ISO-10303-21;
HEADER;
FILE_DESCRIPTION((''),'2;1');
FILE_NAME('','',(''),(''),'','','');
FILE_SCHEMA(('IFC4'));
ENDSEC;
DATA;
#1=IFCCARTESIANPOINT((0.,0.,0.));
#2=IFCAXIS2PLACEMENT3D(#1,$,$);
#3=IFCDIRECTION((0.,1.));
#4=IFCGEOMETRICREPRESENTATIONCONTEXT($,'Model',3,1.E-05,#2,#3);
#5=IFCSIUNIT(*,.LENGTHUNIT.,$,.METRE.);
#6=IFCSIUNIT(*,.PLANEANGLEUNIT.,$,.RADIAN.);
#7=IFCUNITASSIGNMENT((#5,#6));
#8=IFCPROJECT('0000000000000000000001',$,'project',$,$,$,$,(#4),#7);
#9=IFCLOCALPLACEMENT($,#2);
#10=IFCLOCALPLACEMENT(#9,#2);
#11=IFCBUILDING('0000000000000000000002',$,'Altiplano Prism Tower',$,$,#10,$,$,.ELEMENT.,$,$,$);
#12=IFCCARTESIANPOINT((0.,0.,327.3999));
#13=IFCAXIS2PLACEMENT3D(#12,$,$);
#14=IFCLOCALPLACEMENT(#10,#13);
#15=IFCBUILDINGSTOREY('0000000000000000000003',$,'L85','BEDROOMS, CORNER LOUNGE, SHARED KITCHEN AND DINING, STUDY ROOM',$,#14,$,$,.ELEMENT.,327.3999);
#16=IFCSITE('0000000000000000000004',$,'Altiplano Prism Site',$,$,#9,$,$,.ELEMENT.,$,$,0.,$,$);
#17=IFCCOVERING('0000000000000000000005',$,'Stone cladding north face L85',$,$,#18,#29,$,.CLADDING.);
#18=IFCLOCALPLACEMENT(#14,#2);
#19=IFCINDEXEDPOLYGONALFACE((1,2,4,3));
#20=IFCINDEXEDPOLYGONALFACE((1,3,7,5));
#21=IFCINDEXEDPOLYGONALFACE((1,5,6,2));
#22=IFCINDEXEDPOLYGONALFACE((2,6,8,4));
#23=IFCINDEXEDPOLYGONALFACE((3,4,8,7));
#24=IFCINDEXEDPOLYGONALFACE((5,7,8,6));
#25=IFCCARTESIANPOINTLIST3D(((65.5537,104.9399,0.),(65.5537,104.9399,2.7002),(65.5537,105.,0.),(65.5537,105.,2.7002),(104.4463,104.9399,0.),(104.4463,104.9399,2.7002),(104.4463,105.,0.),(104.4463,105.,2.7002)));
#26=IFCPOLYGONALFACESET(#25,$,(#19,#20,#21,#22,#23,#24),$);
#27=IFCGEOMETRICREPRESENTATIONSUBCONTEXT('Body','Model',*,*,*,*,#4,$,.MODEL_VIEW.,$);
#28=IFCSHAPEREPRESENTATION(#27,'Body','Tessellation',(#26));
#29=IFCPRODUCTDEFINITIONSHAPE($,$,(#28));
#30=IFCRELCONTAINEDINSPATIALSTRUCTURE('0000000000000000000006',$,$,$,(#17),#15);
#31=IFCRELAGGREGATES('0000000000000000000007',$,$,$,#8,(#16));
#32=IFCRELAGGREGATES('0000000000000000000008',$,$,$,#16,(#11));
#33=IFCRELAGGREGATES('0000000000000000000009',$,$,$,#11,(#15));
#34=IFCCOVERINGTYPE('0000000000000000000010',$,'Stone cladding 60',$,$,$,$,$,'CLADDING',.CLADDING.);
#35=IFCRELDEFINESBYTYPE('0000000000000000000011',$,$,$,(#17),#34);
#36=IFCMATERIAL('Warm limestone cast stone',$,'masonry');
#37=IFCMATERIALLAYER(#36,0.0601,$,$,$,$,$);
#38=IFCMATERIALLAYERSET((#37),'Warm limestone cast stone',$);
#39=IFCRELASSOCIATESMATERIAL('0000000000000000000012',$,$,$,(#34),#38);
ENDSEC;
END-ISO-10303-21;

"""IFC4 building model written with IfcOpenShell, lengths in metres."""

from ifc_helpers import new_model, si_unit, direction, frame, frame_2d, origin, place, context, subcontext, project, spatial, rectangle, extrude, material, layer, layer_set, type_object, element, save


model = new_model("IFC4")

# Units and contexts
model_context = context("Model", 3, precision=1e-05, world=origin(), true_north=direction((0.0, 1.0)))
body_context = subcontext(model_context, "Body", "Model", "MODEL_VIEW")
ifc_project = project(units=[si_unit("LENGTHUNIT", "METRE"), si_unit("PLANEANGLEUNIT", "RADIAN")], contexts=[model_context])

# Site, building, storey
site_placement = place(None, origin())
site = spatial("IfcSite", under=ifc_project, at=site_placement, Name="Altiplano Prism Site", CompositionType="ELEMENT", RefElevation=0.0)
building_placement = place(site_placement, origin())
building = spatial("IfcBuilding", under=site, at=building_placement, Name="Altiplano Prism Tower", CompositionType="ELEMENT")
storey_placement = place(building_placement, frame((0.0, 0.0, 327.3999)))
storey = spatial("IfcBuildingStorey", under=building, at=storey_placement, Name="L85", Description="BEDROOMS, CORNER LOUNGE, SHARED KITCHEN AND DINING, STUDY ROOM", CompositionType="ELEMENT", Elevation=327.3999)

# Covering
ifc_material_1 = material(Name="Warm limestone cast stone", Category="masonry")
ifc_layer_1 = layer(ifc_material_1, 0.0601)
ifc_layer_set_1 = layer_set([ifc_layer_1], Name="Warm limestone cast stone")
covering_type = type_object("IfcCoveringType", Name="Stone cladding 60", ElementType="CLADDING", PredefinedType="CLADDING", material=ifc_layer_set_1)
covering_placement = place(storey_placement, frame((65.5537, 104.97, 0.0), z_axis=(0.0, 0.0, 1.0), x_axis=(1.0, 0.0, 0.0)))
element("IfcCovering", 1, at=covering_placement, inside=storey, type_object=covering_type, Name="Stone cladding north face L85", PredefinedType="CLADDING", context=body_context, shape_type="SweptSolid", body=[
    extrude(rectangle(XDim=38.8926, YDim=0.0601, at=frame_2d((19.4463, 0.0))), origin(), (0.0, 0.0, 1.0), 2.7002),
])

save(model, "model.ifc")
